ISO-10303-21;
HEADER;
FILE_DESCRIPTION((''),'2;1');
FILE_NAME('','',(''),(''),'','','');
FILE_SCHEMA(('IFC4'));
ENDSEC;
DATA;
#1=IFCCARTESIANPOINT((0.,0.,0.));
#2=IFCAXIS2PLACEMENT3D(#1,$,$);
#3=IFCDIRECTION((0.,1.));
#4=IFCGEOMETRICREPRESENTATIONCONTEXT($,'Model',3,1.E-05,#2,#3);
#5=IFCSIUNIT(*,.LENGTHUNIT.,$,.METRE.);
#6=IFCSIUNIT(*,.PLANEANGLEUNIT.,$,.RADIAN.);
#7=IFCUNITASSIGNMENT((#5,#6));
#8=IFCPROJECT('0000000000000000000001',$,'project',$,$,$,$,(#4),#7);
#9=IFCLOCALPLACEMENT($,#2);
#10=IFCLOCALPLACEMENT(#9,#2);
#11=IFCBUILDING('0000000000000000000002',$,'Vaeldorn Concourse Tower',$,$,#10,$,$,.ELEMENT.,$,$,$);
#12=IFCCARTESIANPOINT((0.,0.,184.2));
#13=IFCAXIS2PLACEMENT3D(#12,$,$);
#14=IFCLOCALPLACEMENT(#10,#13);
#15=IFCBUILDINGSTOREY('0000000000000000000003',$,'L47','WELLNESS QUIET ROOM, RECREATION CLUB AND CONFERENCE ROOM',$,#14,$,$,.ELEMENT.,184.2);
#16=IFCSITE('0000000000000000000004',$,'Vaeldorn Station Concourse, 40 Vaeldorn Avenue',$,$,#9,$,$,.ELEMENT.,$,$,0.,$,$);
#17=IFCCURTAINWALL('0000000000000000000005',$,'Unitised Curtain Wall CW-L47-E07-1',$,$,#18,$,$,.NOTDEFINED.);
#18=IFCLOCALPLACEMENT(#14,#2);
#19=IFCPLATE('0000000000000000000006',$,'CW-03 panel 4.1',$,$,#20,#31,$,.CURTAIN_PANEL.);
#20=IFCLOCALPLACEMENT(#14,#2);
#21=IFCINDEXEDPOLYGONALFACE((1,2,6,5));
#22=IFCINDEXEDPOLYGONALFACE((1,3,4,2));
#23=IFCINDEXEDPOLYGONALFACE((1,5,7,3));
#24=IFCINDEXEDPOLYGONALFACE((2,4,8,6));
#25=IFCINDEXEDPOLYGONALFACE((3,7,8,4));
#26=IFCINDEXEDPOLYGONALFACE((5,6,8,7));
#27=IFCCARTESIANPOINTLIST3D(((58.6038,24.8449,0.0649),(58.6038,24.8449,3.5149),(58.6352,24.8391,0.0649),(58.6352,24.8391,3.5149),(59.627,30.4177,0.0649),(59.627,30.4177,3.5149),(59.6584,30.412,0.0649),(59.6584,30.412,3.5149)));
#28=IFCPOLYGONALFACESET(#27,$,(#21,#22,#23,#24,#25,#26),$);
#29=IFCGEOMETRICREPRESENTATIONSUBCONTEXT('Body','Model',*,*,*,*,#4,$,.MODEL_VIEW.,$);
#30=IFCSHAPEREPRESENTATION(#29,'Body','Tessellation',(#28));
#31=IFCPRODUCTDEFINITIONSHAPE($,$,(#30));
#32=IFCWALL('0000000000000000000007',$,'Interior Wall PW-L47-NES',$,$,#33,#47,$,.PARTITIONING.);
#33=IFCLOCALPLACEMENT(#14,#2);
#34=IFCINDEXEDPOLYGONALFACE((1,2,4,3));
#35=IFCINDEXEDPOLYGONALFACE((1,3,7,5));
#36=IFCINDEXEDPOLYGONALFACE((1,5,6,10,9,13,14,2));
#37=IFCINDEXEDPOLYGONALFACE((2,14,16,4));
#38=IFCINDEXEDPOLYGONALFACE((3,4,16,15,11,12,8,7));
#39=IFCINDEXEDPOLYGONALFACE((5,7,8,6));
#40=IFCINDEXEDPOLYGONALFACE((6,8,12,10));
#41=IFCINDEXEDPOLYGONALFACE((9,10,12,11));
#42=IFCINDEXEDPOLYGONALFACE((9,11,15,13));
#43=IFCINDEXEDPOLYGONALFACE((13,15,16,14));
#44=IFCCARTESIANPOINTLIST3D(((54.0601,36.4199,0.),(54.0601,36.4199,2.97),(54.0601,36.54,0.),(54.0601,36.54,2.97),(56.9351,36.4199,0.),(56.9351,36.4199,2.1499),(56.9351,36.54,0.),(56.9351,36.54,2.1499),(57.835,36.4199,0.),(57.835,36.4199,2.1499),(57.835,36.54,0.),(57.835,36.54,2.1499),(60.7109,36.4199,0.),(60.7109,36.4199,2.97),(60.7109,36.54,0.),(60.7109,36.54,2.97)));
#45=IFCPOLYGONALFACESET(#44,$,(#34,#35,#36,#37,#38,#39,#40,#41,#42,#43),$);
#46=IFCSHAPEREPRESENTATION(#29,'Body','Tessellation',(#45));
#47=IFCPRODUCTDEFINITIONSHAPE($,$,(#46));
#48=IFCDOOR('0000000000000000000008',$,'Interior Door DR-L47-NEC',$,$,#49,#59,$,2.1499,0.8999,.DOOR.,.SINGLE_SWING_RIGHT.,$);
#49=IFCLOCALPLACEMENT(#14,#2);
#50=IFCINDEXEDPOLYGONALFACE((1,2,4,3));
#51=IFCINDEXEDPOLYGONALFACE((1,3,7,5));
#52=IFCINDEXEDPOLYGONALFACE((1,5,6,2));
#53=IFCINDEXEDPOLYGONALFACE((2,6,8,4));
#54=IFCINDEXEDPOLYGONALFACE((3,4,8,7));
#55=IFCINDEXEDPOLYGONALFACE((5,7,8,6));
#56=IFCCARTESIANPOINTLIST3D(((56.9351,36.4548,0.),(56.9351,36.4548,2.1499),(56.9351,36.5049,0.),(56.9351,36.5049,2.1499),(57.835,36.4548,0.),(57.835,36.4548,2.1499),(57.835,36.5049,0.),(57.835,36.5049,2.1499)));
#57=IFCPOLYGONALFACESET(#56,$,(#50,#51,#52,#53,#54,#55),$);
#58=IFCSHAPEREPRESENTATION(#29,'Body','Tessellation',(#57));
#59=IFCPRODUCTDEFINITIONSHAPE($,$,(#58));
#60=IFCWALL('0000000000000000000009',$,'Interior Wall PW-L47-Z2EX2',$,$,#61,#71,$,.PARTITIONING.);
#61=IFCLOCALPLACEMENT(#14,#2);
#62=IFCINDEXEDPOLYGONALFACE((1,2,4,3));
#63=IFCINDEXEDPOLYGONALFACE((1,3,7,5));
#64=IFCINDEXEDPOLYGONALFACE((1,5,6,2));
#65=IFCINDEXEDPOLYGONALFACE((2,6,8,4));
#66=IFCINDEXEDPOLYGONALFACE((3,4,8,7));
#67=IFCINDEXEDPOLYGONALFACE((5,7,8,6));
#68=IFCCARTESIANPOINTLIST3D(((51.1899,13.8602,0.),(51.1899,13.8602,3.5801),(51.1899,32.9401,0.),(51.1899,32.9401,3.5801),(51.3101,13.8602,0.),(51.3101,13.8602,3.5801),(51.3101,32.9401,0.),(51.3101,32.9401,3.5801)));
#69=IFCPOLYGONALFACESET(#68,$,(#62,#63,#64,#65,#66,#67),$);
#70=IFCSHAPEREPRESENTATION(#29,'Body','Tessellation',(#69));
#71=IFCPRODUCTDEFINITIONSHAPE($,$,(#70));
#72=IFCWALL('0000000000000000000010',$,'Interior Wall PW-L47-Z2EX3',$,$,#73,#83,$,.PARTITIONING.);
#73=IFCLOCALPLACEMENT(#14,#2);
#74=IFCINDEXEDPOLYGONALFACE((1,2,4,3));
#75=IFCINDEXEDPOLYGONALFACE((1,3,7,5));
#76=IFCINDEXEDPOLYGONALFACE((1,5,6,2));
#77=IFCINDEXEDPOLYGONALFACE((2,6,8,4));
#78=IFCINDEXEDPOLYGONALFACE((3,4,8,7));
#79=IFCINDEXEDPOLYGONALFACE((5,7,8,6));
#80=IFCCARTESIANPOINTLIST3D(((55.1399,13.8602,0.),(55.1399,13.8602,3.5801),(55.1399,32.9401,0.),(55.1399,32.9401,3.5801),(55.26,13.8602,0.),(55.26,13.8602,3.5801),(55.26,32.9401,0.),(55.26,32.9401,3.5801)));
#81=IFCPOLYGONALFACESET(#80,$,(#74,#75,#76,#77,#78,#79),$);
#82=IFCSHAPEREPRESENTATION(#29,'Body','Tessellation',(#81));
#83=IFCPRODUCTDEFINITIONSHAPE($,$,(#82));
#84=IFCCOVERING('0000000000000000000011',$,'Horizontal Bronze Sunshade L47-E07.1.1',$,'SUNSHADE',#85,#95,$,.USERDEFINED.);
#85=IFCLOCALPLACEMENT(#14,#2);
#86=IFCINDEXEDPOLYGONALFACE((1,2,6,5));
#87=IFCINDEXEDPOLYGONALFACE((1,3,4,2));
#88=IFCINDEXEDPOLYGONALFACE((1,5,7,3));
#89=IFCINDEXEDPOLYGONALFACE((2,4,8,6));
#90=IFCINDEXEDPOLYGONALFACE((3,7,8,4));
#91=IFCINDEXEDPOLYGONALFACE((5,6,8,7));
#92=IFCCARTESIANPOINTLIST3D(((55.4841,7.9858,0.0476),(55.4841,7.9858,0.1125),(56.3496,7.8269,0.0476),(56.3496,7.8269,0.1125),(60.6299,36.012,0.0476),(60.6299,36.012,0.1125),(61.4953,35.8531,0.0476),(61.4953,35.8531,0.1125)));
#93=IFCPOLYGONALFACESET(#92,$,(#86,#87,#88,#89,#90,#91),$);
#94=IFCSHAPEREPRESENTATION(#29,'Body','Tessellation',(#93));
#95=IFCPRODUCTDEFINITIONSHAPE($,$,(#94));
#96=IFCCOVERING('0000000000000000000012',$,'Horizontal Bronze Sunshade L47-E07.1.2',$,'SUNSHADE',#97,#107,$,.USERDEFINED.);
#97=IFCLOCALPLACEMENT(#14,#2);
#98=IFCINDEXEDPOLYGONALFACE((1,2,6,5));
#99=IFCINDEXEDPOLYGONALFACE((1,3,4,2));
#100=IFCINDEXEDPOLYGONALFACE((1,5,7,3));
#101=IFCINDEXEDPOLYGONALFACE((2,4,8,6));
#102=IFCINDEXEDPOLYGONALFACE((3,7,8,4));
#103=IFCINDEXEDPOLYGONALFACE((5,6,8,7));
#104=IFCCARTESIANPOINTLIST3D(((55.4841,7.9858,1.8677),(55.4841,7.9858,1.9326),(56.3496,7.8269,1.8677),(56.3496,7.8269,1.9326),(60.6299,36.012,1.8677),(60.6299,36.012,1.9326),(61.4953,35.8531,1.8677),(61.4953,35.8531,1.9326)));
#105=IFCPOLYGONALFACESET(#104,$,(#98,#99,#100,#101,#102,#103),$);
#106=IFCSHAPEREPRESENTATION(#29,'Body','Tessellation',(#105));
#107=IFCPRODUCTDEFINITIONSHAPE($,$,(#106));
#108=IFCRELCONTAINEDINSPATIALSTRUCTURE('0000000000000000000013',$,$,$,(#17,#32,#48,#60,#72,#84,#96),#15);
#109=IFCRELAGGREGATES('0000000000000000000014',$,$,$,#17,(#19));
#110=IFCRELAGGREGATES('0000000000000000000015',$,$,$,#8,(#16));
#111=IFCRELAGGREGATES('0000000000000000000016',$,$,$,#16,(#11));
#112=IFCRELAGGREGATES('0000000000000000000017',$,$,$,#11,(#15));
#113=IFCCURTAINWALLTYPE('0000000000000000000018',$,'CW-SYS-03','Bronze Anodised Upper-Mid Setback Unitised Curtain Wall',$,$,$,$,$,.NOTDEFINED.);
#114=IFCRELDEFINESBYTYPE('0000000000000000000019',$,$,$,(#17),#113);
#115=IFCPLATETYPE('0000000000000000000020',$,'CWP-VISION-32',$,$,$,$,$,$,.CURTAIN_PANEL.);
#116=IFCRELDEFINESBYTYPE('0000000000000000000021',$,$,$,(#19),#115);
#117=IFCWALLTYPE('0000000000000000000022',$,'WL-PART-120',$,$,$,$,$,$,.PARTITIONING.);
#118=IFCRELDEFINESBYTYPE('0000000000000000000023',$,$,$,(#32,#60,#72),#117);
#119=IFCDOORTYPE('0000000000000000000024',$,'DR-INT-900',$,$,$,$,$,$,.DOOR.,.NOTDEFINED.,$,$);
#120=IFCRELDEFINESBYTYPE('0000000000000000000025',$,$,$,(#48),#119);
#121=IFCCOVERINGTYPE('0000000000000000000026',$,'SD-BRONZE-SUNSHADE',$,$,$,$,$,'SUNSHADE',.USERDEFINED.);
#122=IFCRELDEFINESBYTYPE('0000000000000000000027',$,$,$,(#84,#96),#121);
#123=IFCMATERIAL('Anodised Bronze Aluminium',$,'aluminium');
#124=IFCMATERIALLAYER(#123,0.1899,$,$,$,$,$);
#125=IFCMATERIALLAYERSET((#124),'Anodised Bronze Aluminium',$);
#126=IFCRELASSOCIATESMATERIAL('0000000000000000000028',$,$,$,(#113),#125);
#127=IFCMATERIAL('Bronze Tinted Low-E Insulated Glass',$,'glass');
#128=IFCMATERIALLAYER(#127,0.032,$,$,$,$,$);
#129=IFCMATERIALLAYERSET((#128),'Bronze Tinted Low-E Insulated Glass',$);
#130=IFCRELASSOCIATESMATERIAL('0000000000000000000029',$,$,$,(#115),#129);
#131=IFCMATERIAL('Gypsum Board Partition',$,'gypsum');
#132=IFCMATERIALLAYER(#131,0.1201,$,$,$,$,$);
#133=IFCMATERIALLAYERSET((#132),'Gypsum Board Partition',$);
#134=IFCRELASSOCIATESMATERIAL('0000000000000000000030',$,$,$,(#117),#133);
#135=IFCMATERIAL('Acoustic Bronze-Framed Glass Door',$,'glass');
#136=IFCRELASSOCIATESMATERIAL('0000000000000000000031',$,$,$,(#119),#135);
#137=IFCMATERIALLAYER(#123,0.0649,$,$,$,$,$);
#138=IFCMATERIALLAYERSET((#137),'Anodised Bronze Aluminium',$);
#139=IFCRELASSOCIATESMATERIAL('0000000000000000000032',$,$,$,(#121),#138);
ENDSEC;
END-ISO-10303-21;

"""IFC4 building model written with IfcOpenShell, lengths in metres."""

from ifc_helpers import new_model, si_unit, direction, frame, frame_2d, origin, origin_2d, place, context, subcontext, project, spatial, rectangle, extrude, source, transform, mapped, material, layer, layer_set, type_object, element, fill, aggregate, save


model = new_model("IFC4")

# Units and contexts
model_context = context("Model", 3, precision=1e-05, world=origin(), true_north=direction((0.0, 1.0)))
body_context = subcontext(model_context, "Body", "Model", "MODEL_VIEW")
ifc_project = project(units=[si_unit("LENGTHUNIT", "METRE"), si_unit("PLANEANGLEUNIT", "RADIAN")], contexts=[model_context])

# Site, building, storey
site_placement = place(None, origin())
site = spatial("IfcSite", under=ifc_project, at=site_placement, Name="Vaeldorn Station Concourse, 40 Vaeldorn Avenue", CompositionType="ELEMENT", RefElevation=0.0)
building_placement = place(site_placement, origin())
building = spatial("IfcBuilding", under=site, at=building_placement, Name="Vaeldorn Concourse Tower", CompositionType="ELEMENT")
storey_placement = place(building_placement, frame((0.0, 0.0, 184.2)))
storey = spatial("IfcBuildingStorey", under=building, at=storey_placement, Name="L47", Description="WELLNESS QUIET ROOM, RECREATION CLUB AND CONFERENCE ROOM", CompositionType="ELEMENT", Elevation=184.2)

# Curtain wall, plate
ifc_material_1 = material(Name="Anodised Bronze Aluminium", Category="aluminium")
ifc_layer_1 = layer(ifc_material_1, 0.1899)
ifc_layer_set_1 = layer_set([ifc_layer_1], Name="Anodised Bronze Aluminium")
curtain_wall_type = type_object("IfcCurtainWallType", Name="CW-SYS-03", Description="Bronze Anodised Upper-Mid Setback Unitised Curtain Wall", PredefinedType="NOTDEFINED", material=ifc_layer_set_1)
curtain_wall_placement = place(storey_placement, origin())
curtain_wall = element("IfcCurtainWall", 1, at=curtain_wall_placement, inside=storey, type_object=curtain_wall_type, Name="Unitised Curtain Wall CW-L47-E07-1", PredefinedType="NOTDEFINED")
ifc_material_2 = material(Name="Bronze Tinted Low-E Insulated Glass", Category="glass")
ifc_layer_2 = layer(ifc_material_2, 0.032)
ifc_layer_set_2 = layer_set([ifc_layer_2], Name="Bronze Tinted Low-E Insulated Glass")
plate_type = type_object("IfcPlateType", Name="CWP-VISION-32", PredefinedType="CURTAIN_PANEL", material=ifc_layer_set_2)
shared_shape_1 = source(origin(), body_context, "Body", "SweptSolid", [
    extrude(rectangle(XDim=5.666, YDim=0.032, at=origin_2d()), origin(), (0.0, 0.0, 1.0), 3.45),
])
plate_1_placement = place(storey_placement, frame((59.1311, 27.6284, 0.0649), z_axis=(0.0, 0.0, 1.0), x_axis=(0.180585, 0.983559, 0.0)))
plate_1 = element("IfcPlate", 2, at=plate_1_placement, type_object=plate_type, Name="CW-03 panel 4.1", PredefinedType="CURTAIN_PANEL", context=body_context, shape_type="MappedRepresentation", body=[
    mapped(shared_shape_1, transform((0.0, 0.0, 0.0), scale=1.0)),
])
aggregate(curtain_wall, [plate_1])

# Wall, opening, door
ifc_material_3 = material(Name="Gypsum Board Partition", Category="gypsum")
ifc_layer_3 = layer(ifc_material_3, 0.1201)
ifc_layer_set_3 = layer_set([ifc_layer_3], Name="Gypsum Board Partition")
wall_type = type_object("IfcWallType", Name="WL-PART-120", PredefinedType="PARTITIONING", material=ifc_layer_set_3)
wall_placement = place(storey_placement, frame((54.0601, 36.48, 0.0), z_axis=(0.0, 0.0, 1.0), x_axis=(1.0, 0.0, 0.0)))
wall = element("IfcWall", 3, at=wall_placement, inside=storey, type_object=wall_type, Name="Interior Wall PW-L47-NES", PredefinedType="PARTITIONING", context=body_context, shape_type="SweptSolid", body=[
    extrude(rectangle(XDim=6.6509, YDim=0.1201, at=frame_2d((3.3254, 0.0))), origin(), (0.0, 0.0, 1.0), 2.97),
])
opening_placement = place(wall_placement, frame((2.875, 0.0, 0.0)))
opening = element("IfcOpeningElement", 4, at=opening_placement, cuts=wall, PredefinedType="OPENING", context=body_context, shape_type="SweptSolid", body=[
    extrude(rectangle(XDim=0.8999, YDim=2.1499, at=frame_2d((0.45, 1.075))), frame((0.0, 0.0701, 0.0), z_axis=(0.0, -1.0, 0.0), x_axis=(1.0, 0.0, 0.0)), (0.0, 0.0, 1.0), 0.1401),
])
ifc_material_4 = material(Name="Acoustic Bronze-Framed Glass Door", Category="glass")
door_type = type_object("IfcDoorType", Name="DR-INT-900", OperationType="NOTDEFINED", PredefinedType="DOOR", material=ifc_material_4)
shared_shape_2 = source(origin(), body_context, "Body", "SweptSolid", [
    extrude(rectangle(XDim=0.8999, YDim=2.1499, at=frame_2d((0.45, 1.075))), frame((0.0, 0.0249, 0.0), z_axis=(0.0, -1.0, 0.0), x_axis=(1.0, 0.0, 0.0)), (0.0, 0.0, 1.0), 0.05),
])
door_placement = place(opening_placement, origin())
door = element("IfcDoor", 5, at=door_placement, inside=storey, type_object=door_type, Name="Interior Door DR-L47-NEC", OperationType="SINGLE_SWING_RIGHT", OverallHeight=2.1499, OverallWidth=0.8999, PredefinedType="DOOR", context=body_context, shape_type="MappedRepresentation", body=[
    mapped(shared_shape_2, transform((0.0, 0.0, 0.0), scale=1.0)),
])
fill(opening, door)

# Walls
for number, where, z_axis, x_axis, name in (
    (6, (51.25, 13.8601, 0.0), (0.0, 0.0, 1.0), (0.0, 1.0, 0.0), "Interior Wall PW-L47-Z2EX2"),
    (7, (55.2, 13.8601, 0.0), (0.0, 0.0, 1.0), (0.0, 1.0, 0.0), "Interior Wall PW-L47-Z2EX3"),
):
    element("IfcWall", number, at=place(storey_placement, frame(where, z_axis=z_axis, x_axis=x_axis)), inside=storey, type_object=wall_type, Name=name, PredefinedType="PARTITIONING", context=body_context, shape_type="SweptSolid", body=[
        extrude(rectangle(XDim=19.0798, YDim=0.1201, at=frame_2d((9.54, 0.0))), origin(), (0.0, 0.0, 1.0), 3.5801),
    ])

# Coverings
ifc_layer_4 = layer(ifc_material_1, 0.0649)
ifc_layer_set_4 = layer_set([ifc_layer_4], Name="Anodised Bronze Aluminium")
covering_type = type_object("IfcCoveringType", Name="SD-BRONZE-SUNSHADE", ElementType="SUNSHADE", PredefinedType="USERDEFINED", material=ifc_layer_set_4)
shared_shape_3 = source(origin(), body_context, "Body", "SweptSolid", [
    extrude(rectangle(XDim=28.4946, YDim=0.8799, at=origin_2d()), origin(), (0.0, 0.0, 1.0), 0.0649),
])
for number, where, z_axis, x_axis, name in (
    (8, (58.4897, 21.9194, 0.0476), (0.0, 0.0, 1.0), (0.180588, 0.983559, 0.0), "Horizontal Bronze Sunshade L47-E07.1.1"),
    (9, (58.4897, 21.9194, 1.8677), (0.0, 0.0, 1.0), (0.180588, 0.983559, 0.0), "Horizontal Bronze Sunshade L47-E07.1.2"),
):
    element("IfcCovering", number, at=place(storey_placement, frame(where, z_axis=z_axis, x_axis=x_axis)), inside=storey, type_object=covering_type, Name=name, ObjectType="SUNSHADE", PredefinedType="USERDEFINED", context=body_context, shape_type="MappedRepresentation", body=[
        mapped(shared_shape_3, transform((0.0, 0.0, 0.0), scale=1.0)),
    ])

save(model, "model.ifc")
